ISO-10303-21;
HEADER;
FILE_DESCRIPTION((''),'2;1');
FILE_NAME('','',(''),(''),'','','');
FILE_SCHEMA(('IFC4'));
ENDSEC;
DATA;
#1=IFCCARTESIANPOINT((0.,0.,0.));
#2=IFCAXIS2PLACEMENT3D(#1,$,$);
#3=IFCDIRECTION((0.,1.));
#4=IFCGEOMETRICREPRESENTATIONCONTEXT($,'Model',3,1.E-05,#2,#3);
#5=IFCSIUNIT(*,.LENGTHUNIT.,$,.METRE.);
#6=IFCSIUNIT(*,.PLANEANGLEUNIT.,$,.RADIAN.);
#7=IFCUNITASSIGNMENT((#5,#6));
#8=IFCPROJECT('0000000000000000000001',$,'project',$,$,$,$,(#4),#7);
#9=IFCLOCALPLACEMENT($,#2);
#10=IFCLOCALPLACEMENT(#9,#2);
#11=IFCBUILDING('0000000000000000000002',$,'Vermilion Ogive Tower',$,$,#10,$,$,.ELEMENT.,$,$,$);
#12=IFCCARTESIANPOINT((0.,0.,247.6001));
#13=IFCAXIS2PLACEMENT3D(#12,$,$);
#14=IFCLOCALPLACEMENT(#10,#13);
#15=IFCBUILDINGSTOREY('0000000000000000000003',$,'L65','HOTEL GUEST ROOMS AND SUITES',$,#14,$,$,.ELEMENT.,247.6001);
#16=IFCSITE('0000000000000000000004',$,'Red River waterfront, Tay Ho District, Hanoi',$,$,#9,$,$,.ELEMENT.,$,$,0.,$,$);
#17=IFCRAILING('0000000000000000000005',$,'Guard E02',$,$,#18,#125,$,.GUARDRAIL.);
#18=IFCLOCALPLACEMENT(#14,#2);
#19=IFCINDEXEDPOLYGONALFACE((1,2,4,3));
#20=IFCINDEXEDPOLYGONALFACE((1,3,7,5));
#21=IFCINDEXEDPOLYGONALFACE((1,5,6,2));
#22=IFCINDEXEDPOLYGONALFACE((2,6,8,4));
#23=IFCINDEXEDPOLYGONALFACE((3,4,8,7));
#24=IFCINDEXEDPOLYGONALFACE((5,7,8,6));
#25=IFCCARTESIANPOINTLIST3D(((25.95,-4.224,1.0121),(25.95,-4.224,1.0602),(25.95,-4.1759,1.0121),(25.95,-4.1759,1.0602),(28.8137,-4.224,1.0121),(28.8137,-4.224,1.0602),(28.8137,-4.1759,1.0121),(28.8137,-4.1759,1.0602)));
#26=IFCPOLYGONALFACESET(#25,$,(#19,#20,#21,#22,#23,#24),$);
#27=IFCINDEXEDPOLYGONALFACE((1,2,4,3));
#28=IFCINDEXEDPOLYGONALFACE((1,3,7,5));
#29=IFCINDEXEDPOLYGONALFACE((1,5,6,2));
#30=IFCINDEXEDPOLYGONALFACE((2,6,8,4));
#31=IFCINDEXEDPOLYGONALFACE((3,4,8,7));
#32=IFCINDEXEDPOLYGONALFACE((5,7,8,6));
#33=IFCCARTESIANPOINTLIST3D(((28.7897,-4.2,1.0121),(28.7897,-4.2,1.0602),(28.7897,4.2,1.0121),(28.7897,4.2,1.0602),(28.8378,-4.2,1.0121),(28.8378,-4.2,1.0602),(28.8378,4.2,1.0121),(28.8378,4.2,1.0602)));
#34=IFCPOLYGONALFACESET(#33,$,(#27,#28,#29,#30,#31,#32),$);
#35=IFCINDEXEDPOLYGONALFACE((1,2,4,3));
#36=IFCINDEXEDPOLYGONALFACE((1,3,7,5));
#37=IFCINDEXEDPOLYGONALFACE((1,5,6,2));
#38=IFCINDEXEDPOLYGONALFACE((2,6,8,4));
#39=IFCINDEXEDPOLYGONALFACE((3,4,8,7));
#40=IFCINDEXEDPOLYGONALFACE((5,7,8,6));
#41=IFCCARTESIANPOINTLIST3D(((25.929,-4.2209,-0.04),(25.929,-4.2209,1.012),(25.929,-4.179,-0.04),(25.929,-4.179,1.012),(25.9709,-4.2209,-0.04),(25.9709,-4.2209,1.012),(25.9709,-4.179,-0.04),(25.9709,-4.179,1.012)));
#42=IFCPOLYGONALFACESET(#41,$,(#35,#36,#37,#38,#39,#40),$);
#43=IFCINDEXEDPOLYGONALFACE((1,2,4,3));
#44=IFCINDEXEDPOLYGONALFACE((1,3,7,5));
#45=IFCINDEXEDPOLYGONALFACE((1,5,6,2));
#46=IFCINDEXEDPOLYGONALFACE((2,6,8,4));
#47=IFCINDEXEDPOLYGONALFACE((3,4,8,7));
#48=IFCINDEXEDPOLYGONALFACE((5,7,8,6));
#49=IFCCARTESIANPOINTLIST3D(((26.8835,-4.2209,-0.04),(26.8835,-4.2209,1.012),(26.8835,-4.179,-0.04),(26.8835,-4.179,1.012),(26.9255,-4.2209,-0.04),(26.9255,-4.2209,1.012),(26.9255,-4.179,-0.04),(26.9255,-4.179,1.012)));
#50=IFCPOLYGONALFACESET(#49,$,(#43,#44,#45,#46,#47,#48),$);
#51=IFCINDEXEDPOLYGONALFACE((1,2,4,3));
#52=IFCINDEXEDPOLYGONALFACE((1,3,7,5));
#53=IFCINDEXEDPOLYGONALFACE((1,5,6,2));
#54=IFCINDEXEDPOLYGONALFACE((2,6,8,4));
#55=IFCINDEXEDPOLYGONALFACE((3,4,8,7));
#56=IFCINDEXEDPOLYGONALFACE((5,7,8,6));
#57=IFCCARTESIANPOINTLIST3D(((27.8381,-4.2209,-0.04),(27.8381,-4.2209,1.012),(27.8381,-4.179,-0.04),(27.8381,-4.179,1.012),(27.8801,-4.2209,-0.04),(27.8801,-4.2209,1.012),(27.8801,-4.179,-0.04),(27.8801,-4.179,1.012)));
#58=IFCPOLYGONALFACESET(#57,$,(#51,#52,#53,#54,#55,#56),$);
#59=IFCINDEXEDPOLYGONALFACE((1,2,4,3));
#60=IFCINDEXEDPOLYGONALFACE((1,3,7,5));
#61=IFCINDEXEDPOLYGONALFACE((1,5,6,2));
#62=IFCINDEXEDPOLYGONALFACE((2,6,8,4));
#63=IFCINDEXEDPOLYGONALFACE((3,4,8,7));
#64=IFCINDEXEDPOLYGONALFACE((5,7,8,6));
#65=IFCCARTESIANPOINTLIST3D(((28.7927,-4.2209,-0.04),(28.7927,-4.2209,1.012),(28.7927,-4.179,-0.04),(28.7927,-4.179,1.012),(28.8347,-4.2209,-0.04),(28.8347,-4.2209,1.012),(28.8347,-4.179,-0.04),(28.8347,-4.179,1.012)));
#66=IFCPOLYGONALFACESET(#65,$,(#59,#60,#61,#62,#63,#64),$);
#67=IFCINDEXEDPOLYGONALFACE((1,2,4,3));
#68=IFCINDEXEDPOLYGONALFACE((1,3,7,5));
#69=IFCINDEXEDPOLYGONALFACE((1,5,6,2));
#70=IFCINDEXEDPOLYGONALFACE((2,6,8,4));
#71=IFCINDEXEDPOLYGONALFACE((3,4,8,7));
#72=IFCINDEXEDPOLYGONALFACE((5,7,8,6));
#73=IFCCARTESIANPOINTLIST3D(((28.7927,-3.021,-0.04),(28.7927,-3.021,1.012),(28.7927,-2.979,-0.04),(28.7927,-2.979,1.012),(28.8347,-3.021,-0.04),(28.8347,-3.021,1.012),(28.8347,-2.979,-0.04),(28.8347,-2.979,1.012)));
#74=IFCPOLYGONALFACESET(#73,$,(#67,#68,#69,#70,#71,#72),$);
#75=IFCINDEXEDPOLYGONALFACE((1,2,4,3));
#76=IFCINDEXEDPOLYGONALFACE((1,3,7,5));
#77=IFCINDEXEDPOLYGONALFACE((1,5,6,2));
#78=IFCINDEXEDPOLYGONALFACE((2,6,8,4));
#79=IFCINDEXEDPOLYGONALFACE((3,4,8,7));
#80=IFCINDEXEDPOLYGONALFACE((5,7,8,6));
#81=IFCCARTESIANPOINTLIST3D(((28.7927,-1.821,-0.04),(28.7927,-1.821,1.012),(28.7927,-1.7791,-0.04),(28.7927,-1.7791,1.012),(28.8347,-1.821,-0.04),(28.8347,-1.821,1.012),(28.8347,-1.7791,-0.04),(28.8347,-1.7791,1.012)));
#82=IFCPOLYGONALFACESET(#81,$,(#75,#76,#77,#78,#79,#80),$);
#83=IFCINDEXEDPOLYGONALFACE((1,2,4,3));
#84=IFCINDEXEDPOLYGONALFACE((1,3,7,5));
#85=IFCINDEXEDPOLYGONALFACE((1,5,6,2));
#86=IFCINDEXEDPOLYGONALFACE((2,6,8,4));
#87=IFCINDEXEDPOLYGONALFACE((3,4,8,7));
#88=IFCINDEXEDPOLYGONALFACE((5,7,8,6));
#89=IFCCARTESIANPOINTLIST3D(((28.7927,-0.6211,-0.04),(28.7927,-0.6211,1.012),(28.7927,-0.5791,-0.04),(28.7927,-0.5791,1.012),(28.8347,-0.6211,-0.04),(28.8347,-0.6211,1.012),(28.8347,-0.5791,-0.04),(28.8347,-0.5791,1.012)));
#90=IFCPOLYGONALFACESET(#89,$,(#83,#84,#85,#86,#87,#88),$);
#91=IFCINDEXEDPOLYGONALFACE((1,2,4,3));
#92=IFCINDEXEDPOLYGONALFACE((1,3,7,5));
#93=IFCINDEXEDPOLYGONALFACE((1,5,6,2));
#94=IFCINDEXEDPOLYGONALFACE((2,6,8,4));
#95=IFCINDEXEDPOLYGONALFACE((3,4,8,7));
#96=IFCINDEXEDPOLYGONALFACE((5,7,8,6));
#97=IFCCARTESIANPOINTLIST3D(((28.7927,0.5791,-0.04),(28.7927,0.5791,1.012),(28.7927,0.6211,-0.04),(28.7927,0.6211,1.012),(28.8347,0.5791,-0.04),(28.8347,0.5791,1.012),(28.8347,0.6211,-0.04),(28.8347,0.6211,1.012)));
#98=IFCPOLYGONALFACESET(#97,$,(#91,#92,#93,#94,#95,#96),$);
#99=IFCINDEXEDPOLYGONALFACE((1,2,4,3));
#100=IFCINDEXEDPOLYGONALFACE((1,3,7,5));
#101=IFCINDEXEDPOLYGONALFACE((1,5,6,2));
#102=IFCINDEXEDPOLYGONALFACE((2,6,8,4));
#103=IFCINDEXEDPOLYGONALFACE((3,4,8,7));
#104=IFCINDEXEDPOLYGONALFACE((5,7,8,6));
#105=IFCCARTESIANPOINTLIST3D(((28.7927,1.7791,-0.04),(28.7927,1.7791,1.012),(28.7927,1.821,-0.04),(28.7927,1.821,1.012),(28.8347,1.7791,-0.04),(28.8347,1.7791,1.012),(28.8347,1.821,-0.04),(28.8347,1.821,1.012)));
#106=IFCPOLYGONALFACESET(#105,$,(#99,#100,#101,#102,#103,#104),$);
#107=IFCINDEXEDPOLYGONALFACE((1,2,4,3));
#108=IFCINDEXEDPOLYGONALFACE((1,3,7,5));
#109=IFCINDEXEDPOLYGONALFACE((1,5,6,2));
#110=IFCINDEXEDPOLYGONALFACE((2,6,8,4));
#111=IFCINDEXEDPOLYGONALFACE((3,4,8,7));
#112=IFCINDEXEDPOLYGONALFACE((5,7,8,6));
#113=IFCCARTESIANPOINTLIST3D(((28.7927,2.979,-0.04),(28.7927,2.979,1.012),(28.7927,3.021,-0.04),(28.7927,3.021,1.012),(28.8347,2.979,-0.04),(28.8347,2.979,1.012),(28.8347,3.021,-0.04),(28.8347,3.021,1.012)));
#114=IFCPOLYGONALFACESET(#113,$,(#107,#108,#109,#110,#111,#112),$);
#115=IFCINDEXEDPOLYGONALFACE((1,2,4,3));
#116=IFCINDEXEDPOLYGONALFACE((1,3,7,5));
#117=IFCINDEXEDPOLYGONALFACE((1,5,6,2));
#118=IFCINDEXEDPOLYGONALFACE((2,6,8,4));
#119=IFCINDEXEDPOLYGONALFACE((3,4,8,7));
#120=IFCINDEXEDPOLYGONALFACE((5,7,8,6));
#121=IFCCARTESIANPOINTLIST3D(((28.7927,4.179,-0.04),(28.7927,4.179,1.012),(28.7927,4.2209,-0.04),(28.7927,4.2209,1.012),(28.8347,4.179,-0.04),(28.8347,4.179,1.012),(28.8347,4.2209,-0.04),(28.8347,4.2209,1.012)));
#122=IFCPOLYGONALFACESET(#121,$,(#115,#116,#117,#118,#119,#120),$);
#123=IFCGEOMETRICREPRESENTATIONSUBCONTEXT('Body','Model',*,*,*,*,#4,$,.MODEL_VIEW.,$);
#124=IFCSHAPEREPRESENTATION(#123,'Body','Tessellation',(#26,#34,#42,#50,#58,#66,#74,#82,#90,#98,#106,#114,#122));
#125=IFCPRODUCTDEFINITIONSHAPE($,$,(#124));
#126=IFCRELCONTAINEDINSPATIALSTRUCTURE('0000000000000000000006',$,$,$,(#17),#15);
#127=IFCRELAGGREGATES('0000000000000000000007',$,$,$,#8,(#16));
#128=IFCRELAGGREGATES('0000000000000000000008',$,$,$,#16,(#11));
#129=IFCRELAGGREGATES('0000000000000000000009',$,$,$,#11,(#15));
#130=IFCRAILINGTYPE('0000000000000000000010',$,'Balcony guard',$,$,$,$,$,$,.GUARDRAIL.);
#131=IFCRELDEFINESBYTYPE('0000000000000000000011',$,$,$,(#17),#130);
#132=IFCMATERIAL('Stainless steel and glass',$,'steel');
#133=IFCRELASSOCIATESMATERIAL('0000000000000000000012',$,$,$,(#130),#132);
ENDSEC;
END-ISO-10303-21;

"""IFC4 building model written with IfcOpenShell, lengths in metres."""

from ifc_helpers import new_model, si_unit, direction, frame, origin, origin_2d, place, context, subcontext, project, spatial, rectangle, extrude, material, type_object, element, save


model = new_model("IFC4")

# Units and contexts
model_context = context("Model", 3, precision=1e-05, world=origin(), true_north=direction((0.0, 1.0)))
body_context = subcontext(model_context, "Body", "Model", "MODEL_VIEW")
ifc_project = project(units=[si_unit("LENGTHUNIT", "METRE"), si_unit("PLANEANGLEUNIT", "RADIAN")], contexts=[model_context])

# Site, building, storey
site_placement = place(None, origin())
site = spatial("IfcSite", under=ifc_project, at=site_placement, Name="Red River waterfront, Tay Ho District, Hanoi", CompositionType="ELEMENT", RefElevation=0.0)
building_placement = place(site_placement, origin())
building = spatial("IfcBuilding", under=site, at=building_placement, Name="Vermilion Ogive Tower", CompositionType="ELEMENT")
storey_placement = place(building_placement, frame((0.0, 0.0, 247.6001)))
storey = spatial("IfcBuildingStorey", under=building, at=storey_placement, Name="L65", Description="HOTEL GUEST ROOMS AND SUITES", CompositionType="ELEMENT", Elevation=247.6001)

# Railing
ifc_material_1 = material(Name="Stainless steel and glass", Category="steel")
railing_type = type_object("IfcRailingType", Name="Balcony guard", PredefinedType="GUARDRAIL", material=ifc_material_1)
railing_placement = place(storey_placement, frame((25.95, -4.2, -0.04)))
element("IfcRailing", 1, at=railing_placement, inside=storey, type_object=railing_type, Name="Guard E02", PredefinedType="GUARDRAIL", context=body_context, shape_type="SweptSolid", body=[
    extrude(rectangle(XDim=0.0481, YDim=0.0481, at=origin_2d()), frame((0.0, 0.0, 1.0762), z_axis=(1.0, 0.0, 0.0), x_axis=(0.0, 1.0, 0.0)), (0.0, 0.0, 1.0), 2.8638),
    extrude(rectangle(XDim=0.0481, YDim=0.0481, at=origin_2d()), frame((2.8638, 0.0, 1.0762), z_axis=(0.0, 1.0, 0.0), x_axis=(-1.0, 0.0, 0.0)), (0.0, 0.0, 1.0), 8.3999),
    extrude(rectangle(XDim=0.042, YDim=0.042, at=origin_2d()), origin(), (0.0, 0.0, 1.0), 1.052),
    extrude(rectangle(XDim=0.042, YDim=0.042, at=origin_2d()), frame((0.9546, 0.0, 0.0)), (0.0, 0.0, 1.0), 1.052),
    extrude(rectangle(XDim=0.042, YDim=0.042, at=origin_2d()), frame((1.9092, 0.0, 0.0)), (0.0, 0.0, 1.0), 1.052),
    extrude(rectangle(XDim=0.042, YDim=0.042, at=origin_2d()), frame((2.8638, 0.0, 0.0)), (0.0, 0.0, 1.0), 1.052),
    extrude(rectangle(XDim=0.042, YDim=0.042, at=origin_2d()), frame((2.8638, 1.2, 0.0)), (0.0, 0.0, 1.0), 1.052),
    extrude(rectangle(XDim=0.042, YDim=0.042, at=origin_2d()), frame((2.8638, 2.3999, 0.0)), (0.0, 0.0, 1.0), 1.052),
    extrude(rectangle(XDim=0.042, YDim=0.042, at=origin_2d()), frame((2.8638, 3.5999, 0.0)), (0.0, 0.0, 1.0), 1.052),
    extrude(rectangle(XDim=0.042, YDim=0.042, at=origin_2d()), frame((2.8638, 4.8, 0.0)), (0.0, 0.0, 1.0), 1.052),
    extrude(rectangle(XDim=0.042, YDim=0.042, at=origin_2d()), frame((2.8638, 6.0, 0.0)), (0.0, 0.0, 1.0), 1.052),
    extrude(rectangle(XDim=0.042, YDim=0.042, at=origin_2d()), frame((2.8638, 7.2, 0.0)), (0.0, 0.0, 1.0), 1.052),
    extrude(rectangle(XDim=0.042, YDim=0.042, at=origin_2d()), frame((2.8638, 8.3999, 0.0)), (0.0, 0.0, 1.0), 1.052),
])

save(model, "model.ifc")
